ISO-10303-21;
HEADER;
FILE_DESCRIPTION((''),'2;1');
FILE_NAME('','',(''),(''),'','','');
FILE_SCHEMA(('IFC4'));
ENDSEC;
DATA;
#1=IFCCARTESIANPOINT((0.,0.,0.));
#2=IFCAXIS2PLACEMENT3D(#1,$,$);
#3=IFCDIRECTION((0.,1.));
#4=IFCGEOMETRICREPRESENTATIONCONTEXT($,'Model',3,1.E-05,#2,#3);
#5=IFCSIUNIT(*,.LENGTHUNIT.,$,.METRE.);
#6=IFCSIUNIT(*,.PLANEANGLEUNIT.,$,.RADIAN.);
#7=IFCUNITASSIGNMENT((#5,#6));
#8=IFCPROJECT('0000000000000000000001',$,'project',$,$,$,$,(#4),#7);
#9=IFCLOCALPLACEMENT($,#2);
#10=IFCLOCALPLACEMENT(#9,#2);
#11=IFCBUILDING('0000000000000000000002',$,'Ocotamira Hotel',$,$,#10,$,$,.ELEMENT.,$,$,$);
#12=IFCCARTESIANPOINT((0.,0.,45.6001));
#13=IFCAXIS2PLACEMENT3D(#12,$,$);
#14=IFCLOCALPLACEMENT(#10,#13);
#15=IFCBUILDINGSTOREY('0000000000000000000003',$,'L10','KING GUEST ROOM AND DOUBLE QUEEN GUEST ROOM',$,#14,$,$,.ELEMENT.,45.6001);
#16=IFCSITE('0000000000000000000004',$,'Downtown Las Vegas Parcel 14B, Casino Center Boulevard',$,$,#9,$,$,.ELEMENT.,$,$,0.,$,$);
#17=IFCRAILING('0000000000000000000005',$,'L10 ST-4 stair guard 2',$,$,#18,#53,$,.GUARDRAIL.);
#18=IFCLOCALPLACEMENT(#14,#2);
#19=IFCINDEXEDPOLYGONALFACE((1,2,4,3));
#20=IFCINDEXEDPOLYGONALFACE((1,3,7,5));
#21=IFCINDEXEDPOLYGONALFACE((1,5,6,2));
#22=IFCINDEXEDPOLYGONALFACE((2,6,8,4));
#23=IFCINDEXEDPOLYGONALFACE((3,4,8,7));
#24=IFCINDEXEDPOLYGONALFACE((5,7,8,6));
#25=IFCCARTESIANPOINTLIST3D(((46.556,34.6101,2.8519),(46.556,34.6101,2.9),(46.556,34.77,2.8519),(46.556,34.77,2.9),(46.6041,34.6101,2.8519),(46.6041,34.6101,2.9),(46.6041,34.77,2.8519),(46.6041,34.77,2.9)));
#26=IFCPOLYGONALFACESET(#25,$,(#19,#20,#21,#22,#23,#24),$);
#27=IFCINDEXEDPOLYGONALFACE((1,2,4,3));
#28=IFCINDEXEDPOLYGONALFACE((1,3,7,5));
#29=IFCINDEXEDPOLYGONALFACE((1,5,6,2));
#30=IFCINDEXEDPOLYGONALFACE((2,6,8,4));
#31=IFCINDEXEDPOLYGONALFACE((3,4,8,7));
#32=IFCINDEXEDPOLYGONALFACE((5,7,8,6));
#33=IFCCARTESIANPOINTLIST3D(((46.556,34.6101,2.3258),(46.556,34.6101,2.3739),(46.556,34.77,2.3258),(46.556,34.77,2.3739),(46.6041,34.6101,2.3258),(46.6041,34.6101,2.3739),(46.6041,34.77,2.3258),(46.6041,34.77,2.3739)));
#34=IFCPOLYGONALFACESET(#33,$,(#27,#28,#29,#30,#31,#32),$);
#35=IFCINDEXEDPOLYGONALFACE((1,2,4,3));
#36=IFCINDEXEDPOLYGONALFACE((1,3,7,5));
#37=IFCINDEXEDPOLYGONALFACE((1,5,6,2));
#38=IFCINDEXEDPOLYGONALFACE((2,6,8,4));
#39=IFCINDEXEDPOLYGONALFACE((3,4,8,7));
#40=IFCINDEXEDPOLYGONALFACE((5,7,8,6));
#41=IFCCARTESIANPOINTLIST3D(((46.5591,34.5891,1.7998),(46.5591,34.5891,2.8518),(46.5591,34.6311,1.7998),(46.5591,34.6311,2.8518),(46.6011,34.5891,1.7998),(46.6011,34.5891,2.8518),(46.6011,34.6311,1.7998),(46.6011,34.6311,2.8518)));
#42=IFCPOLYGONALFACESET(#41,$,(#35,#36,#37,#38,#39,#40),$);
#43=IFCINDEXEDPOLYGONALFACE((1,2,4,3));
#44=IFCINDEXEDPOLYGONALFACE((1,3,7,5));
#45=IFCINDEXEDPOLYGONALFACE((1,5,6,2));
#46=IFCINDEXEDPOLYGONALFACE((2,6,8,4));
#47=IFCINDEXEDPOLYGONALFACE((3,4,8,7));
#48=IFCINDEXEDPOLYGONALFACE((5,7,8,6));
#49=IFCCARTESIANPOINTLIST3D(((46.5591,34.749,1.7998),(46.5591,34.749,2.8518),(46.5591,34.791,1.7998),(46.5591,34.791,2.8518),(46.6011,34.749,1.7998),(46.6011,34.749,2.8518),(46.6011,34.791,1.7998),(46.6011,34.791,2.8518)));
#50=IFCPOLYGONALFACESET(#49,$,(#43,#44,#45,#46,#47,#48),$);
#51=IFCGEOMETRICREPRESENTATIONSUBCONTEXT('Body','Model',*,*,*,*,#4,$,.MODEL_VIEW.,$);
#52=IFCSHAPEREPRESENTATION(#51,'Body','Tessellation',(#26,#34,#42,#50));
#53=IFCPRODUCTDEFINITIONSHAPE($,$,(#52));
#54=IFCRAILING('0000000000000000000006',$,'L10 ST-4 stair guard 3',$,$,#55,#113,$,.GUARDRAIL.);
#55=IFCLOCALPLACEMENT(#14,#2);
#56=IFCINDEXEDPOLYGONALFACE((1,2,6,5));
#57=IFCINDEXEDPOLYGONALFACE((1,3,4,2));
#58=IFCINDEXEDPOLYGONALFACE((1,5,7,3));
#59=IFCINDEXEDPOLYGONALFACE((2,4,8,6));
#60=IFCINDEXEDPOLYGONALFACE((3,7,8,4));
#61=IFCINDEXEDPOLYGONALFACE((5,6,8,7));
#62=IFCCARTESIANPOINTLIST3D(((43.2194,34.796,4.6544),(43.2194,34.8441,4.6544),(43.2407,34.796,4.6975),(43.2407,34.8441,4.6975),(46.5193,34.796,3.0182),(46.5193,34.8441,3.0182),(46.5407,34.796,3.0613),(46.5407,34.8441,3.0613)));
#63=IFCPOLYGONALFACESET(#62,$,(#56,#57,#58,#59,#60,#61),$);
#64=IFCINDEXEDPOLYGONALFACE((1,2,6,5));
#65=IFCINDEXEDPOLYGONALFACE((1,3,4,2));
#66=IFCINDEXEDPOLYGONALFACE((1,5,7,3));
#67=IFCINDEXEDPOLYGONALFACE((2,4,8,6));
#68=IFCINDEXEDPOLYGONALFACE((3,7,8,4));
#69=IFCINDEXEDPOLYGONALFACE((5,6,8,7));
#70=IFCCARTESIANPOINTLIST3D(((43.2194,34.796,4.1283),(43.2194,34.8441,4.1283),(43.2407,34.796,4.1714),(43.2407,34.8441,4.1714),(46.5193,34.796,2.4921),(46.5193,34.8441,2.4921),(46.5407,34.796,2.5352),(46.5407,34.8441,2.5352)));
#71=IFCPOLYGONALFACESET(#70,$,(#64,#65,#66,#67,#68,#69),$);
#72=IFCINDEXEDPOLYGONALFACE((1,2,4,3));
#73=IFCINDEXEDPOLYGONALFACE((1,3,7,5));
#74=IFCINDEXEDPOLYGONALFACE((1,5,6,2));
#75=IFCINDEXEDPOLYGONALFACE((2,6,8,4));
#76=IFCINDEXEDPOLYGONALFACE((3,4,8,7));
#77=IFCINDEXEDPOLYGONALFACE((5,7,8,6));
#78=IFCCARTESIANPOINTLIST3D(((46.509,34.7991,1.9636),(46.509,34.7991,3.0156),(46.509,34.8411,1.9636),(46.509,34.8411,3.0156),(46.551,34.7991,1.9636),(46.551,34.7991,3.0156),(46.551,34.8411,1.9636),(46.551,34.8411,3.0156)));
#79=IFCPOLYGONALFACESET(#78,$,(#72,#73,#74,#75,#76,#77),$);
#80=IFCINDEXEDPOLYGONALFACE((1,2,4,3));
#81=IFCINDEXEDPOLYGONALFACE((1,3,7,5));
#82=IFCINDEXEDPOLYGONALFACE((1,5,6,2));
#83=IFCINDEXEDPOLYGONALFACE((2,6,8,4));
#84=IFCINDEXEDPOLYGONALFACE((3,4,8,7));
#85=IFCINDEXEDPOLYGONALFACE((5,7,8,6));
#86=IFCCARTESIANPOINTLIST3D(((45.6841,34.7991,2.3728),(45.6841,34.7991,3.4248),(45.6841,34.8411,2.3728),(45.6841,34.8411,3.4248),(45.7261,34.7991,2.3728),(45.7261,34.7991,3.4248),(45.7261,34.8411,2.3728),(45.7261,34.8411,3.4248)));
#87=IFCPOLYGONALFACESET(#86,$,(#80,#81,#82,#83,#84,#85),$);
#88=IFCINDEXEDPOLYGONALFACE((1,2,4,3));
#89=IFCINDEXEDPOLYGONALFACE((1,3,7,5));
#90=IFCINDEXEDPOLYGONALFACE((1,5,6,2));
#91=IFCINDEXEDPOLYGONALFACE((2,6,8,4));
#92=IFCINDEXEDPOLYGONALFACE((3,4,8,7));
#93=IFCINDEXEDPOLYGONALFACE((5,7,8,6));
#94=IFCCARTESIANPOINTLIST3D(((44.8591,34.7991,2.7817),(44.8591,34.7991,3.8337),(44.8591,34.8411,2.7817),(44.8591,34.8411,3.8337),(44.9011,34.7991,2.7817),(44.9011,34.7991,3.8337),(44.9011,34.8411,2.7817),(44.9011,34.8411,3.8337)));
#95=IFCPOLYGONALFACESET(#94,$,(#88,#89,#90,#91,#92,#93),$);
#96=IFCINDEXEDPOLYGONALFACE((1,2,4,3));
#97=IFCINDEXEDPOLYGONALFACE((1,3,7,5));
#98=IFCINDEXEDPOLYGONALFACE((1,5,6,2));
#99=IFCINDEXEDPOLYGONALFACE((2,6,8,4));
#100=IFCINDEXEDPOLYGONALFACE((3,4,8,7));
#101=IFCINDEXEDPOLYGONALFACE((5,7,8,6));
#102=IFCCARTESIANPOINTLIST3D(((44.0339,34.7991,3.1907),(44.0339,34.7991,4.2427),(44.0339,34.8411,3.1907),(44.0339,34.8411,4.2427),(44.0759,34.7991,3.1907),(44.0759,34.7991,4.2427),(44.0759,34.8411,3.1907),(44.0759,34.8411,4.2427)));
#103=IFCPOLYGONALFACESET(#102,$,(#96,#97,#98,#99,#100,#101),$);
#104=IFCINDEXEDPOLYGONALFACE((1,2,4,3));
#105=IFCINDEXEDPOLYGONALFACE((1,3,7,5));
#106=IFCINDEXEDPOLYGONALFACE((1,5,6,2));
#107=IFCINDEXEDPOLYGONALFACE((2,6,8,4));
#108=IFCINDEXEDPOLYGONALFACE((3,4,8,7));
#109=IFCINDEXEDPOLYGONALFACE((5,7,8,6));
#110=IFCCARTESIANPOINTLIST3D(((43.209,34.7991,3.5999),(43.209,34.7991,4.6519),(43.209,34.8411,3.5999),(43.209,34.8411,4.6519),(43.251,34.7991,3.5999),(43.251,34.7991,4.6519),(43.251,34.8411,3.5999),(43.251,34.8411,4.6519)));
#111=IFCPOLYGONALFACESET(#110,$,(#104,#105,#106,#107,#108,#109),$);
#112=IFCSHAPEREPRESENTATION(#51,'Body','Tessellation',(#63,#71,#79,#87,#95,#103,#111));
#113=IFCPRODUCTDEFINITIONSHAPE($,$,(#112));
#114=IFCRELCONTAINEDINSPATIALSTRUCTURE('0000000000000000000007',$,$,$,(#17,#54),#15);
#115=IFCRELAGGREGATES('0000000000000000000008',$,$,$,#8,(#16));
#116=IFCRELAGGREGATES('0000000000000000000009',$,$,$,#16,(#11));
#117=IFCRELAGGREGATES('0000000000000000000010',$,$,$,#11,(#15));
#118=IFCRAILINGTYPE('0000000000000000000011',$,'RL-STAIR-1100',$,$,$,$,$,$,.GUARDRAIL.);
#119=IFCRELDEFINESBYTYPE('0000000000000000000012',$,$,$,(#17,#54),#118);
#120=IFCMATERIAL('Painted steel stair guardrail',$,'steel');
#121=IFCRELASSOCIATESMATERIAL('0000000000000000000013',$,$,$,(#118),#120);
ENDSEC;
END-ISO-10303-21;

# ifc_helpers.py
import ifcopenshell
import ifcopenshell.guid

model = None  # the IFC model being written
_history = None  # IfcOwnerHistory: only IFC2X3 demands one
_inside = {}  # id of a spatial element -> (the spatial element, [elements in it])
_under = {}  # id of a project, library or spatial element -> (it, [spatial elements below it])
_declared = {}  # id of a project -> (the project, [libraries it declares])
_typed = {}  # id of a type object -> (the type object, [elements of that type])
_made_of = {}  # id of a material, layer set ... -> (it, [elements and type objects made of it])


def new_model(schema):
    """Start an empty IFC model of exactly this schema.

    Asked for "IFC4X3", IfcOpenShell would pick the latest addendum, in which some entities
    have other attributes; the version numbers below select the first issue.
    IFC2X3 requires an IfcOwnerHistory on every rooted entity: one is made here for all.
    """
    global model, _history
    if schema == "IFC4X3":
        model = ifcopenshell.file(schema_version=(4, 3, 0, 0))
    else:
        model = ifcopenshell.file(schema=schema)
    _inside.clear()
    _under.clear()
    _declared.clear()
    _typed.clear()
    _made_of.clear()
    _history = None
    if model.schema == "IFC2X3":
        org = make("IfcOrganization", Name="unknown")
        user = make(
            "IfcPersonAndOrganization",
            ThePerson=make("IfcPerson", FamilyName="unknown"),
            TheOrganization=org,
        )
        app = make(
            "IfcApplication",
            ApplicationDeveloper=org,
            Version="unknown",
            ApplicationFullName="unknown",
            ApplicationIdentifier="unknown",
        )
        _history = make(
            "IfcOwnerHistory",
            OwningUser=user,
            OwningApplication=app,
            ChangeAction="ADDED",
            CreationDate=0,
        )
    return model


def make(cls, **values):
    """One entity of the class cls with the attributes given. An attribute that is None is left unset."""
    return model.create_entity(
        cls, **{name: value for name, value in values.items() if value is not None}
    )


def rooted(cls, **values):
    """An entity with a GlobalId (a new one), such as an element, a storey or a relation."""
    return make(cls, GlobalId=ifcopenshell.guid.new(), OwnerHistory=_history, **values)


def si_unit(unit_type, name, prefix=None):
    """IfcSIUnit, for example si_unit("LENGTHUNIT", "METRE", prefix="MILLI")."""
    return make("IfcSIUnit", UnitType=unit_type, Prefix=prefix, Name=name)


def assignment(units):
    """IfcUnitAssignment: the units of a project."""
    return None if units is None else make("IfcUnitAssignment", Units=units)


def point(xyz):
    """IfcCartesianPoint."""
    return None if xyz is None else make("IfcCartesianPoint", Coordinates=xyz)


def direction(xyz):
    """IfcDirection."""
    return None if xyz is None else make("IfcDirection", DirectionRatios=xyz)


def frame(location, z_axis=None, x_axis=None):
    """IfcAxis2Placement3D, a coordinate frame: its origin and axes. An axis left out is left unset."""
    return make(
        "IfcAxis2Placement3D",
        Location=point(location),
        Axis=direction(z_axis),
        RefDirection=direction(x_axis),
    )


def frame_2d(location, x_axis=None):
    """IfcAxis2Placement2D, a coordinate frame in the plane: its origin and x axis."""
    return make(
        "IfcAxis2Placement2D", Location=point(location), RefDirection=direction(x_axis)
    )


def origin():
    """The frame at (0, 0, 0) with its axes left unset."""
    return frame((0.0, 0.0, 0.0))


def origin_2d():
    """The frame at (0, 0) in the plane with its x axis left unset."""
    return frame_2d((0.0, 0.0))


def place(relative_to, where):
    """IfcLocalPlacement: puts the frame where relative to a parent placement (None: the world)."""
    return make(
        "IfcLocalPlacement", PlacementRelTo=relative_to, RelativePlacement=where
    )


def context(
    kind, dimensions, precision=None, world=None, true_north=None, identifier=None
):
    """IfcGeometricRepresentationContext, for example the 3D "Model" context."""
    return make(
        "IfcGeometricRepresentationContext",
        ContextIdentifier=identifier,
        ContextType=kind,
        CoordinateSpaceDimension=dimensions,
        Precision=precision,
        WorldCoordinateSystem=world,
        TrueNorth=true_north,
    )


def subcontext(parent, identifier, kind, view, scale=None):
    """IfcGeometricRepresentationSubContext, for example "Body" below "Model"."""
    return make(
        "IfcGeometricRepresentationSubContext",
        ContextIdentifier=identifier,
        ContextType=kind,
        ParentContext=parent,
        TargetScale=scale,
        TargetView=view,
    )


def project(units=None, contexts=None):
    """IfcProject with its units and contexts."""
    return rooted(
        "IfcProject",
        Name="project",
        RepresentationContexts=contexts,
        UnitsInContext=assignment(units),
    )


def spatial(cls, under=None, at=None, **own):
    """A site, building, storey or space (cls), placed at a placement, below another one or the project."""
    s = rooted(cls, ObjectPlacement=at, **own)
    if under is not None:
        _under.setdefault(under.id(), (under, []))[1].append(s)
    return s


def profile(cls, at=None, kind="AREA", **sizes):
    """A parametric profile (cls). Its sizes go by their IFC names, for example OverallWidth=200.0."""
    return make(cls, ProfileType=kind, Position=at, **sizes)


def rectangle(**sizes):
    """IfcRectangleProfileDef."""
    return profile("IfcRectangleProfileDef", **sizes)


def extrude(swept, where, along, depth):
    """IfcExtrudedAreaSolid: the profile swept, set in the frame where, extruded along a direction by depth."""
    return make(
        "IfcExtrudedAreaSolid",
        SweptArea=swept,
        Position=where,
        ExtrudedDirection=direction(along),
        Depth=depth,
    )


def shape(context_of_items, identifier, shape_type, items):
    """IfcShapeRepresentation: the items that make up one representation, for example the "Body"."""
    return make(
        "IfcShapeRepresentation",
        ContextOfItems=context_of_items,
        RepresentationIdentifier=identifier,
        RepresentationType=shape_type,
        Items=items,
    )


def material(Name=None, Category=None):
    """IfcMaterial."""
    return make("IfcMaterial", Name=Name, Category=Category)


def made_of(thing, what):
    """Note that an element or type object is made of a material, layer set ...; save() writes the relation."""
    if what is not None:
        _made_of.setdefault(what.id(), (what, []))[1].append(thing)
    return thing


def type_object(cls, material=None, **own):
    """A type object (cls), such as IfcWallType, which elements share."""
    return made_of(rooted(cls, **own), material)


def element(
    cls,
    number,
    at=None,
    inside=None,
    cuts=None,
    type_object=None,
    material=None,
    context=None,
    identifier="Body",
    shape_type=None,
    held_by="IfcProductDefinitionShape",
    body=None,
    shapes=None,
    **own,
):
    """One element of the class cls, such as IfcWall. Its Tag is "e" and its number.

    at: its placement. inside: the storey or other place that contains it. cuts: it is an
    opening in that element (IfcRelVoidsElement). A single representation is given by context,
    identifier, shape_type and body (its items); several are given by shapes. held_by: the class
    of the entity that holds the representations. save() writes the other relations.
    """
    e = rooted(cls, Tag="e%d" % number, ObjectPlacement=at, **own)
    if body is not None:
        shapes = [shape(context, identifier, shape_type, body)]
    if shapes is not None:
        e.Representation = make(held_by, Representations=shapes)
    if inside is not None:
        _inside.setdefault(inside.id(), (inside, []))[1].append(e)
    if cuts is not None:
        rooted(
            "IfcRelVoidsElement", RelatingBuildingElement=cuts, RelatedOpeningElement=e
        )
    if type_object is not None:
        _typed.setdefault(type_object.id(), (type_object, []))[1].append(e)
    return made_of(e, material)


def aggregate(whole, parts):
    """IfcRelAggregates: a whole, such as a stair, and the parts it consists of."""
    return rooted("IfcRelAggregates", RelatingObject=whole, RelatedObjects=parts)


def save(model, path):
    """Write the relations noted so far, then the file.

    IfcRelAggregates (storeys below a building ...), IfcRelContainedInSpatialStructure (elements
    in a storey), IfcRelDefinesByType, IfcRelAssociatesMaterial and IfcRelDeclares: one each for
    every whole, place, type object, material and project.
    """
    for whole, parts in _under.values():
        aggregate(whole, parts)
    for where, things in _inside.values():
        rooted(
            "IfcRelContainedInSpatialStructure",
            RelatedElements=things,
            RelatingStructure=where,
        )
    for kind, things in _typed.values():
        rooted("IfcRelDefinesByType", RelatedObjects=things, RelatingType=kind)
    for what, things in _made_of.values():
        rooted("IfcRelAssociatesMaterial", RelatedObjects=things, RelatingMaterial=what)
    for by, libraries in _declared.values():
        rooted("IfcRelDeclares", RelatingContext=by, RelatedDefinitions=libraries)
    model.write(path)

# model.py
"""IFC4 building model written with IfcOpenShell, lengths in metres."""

from ifc_helpers import new_model, si_unit, direction, frame, origin, origin_2d, place, context, subcontext, project, spatial, rectangle, extrude, material, type_object, element, save


model = new_model("IFC4")

# Units and contexts
model_context = context("Model", 3, precision=1e-05, world=origin(), true_north=direction((0.0, 1.0)))
body_context = subcontext(model_context, "Body", "Model", "MODEL_VIEW")
ifc_project = project(units=[si_unit("LENGTHUNIT", "METRE"), si_unit("PLANEANGLEUNIT", "RADIAN")], contexts=[model_context])

# Site, building, storey
site_placement = place(None, origin())
site = spatial("IfcSite", under=ifc_project, at=site_placement, Name="Downtown Las Vegas Parcel 14B, Casino Center Boulevard", CompositionType="ELEMENT", RefElevation=0.0)
building_placement = place(site_placement, origin())
building = spatial("IfcBuilding", under=site, at=building_placement, Name="Ocotamira Hotel", CompositionType="ELEMENT")
storey_placement = place(building_placement, frame((0.0, 0.0, 45.6001)))
storey = spatial("IfcBuildingStorey", under=building, at=storey_placement, Name="L10", Description="KING GUEST ROOM AND DOUBLE QUEEN GUEST ROOM", CompositionType="ELEMENT", Elevation=45.6001)

# Railings
ifc_material_1 = material(Name="Painted steel stair guardrail", Category="steel")
railing_type_1 = type_object("IfcRailingType", Name="RL-STAIR-1100", PredefinedType="GUARDRAIL", material=ifc_material_1)
railing_1_placement = place(storey_placement, frame((46.5801, 34.6101, 1.7998)))
element("IfcRailing", 1, at=railing_1_placement, inside=storey, type_object=railing_type_1, Name="L10 ST-4 stair guard 2", PredefinedType="GUARDRAIL", context=body_context, shape_type="SweptSolid", body=[
    extrude(rectangle(XDim=0.0481, YDim=0.0481, at=origin_2d()), frame((0.0, 0.0, 1.0762), z_axis=(0.0, 1.0, 0.0), x_axis=(-1.0, 0.0, 0.0)), (0.0, 0.0, 1.0), 0.1599),
    extrude(rectangle(XDim=0.0481, YDim=0.0481, at=origin_2d()), frame((0.0, 0.0, 0.55), z_axis=(0.0, 1.0, 0.0), x_axis=(-1.0, 0.0, 0.0)), (0.0, 0.0, 1.0), 0.1599),
    extrude(rectangle(XDim=0.042, YDim=0.042, at=origin_2d()), origin(), (0.0, 0.0, 1.0), 1.052),
    extrude(rectangle(XDim=0.042, YDim=0.042, at=origin_2d()), frame((0.0, 0.1599, 0.0)), (0.0, 0.0, 1.0), 1.052),
])
railing_2_placement = place(storey_placement, frame((46.53, 34.8201, 1.9636)))
element("IfcRailing", 2, at=railing_2_placement, inside=storey, type_object=railing_type_1, Name="L10 ST-4 stair guard 3", PredefinedType="GUARDRAIL", context=body_context, shape_type="SweptSolid", body=[
    extrude(rectangle(XDim=0.0481, YDim=0.0481, at=origin_2d()), frame((0.0, 0.0, 1.0762), z_axis=(-0.89592, 0.0, 0.444215), x_axis=(0.0, -1.0, 0.0)), (0.0, 0.0, 1.0), 3.6833),
    extrude(rectangle(XDim=0.0481, YDim=0.0481, at=origin_2d()), frame((0.0, 0.0, 0.55), z_axis=(-0.89592, 0.0, 0.444215), x_axis=(0.0, -1.0, 0.0)), (0.0, 0.0, 1.0), 3.6833),
    extrude(rectangle(XDim=0.042, YDim=0.042, at=origin_2d()), origin(), (0.0, 0.0, 1.0), 1.052),
    extrude(rectangle(XDim=0.042, YDim=0.042, at=origin_2d()), frame((-0.825, 0.0, 0.4092)), (0.0, 0.0, 1.0), 1.052),
    extrude(rectangle(XDim=0.042, YDim=0.042, at=origin_2d()), frame((-1.6499, 0.0, 0.8181)), (0.0, 0.0, 1.0), 1.052),
    extrude(rectangle(XDim=0.042, YDim=0.042, at=origin_2d()), frame((-2.4751, 0.0, 1.2271)), (0.0, 0.0, 1.0), 1.052),
    extrude(rectangle(XDim=0.042, YDim=0.042, at=origin_2d()), frame((-3.3, 0.0, 1.6362)), (0.0, 0.0, 1.0), 1.052),
])

save(model, "model.ifc")
